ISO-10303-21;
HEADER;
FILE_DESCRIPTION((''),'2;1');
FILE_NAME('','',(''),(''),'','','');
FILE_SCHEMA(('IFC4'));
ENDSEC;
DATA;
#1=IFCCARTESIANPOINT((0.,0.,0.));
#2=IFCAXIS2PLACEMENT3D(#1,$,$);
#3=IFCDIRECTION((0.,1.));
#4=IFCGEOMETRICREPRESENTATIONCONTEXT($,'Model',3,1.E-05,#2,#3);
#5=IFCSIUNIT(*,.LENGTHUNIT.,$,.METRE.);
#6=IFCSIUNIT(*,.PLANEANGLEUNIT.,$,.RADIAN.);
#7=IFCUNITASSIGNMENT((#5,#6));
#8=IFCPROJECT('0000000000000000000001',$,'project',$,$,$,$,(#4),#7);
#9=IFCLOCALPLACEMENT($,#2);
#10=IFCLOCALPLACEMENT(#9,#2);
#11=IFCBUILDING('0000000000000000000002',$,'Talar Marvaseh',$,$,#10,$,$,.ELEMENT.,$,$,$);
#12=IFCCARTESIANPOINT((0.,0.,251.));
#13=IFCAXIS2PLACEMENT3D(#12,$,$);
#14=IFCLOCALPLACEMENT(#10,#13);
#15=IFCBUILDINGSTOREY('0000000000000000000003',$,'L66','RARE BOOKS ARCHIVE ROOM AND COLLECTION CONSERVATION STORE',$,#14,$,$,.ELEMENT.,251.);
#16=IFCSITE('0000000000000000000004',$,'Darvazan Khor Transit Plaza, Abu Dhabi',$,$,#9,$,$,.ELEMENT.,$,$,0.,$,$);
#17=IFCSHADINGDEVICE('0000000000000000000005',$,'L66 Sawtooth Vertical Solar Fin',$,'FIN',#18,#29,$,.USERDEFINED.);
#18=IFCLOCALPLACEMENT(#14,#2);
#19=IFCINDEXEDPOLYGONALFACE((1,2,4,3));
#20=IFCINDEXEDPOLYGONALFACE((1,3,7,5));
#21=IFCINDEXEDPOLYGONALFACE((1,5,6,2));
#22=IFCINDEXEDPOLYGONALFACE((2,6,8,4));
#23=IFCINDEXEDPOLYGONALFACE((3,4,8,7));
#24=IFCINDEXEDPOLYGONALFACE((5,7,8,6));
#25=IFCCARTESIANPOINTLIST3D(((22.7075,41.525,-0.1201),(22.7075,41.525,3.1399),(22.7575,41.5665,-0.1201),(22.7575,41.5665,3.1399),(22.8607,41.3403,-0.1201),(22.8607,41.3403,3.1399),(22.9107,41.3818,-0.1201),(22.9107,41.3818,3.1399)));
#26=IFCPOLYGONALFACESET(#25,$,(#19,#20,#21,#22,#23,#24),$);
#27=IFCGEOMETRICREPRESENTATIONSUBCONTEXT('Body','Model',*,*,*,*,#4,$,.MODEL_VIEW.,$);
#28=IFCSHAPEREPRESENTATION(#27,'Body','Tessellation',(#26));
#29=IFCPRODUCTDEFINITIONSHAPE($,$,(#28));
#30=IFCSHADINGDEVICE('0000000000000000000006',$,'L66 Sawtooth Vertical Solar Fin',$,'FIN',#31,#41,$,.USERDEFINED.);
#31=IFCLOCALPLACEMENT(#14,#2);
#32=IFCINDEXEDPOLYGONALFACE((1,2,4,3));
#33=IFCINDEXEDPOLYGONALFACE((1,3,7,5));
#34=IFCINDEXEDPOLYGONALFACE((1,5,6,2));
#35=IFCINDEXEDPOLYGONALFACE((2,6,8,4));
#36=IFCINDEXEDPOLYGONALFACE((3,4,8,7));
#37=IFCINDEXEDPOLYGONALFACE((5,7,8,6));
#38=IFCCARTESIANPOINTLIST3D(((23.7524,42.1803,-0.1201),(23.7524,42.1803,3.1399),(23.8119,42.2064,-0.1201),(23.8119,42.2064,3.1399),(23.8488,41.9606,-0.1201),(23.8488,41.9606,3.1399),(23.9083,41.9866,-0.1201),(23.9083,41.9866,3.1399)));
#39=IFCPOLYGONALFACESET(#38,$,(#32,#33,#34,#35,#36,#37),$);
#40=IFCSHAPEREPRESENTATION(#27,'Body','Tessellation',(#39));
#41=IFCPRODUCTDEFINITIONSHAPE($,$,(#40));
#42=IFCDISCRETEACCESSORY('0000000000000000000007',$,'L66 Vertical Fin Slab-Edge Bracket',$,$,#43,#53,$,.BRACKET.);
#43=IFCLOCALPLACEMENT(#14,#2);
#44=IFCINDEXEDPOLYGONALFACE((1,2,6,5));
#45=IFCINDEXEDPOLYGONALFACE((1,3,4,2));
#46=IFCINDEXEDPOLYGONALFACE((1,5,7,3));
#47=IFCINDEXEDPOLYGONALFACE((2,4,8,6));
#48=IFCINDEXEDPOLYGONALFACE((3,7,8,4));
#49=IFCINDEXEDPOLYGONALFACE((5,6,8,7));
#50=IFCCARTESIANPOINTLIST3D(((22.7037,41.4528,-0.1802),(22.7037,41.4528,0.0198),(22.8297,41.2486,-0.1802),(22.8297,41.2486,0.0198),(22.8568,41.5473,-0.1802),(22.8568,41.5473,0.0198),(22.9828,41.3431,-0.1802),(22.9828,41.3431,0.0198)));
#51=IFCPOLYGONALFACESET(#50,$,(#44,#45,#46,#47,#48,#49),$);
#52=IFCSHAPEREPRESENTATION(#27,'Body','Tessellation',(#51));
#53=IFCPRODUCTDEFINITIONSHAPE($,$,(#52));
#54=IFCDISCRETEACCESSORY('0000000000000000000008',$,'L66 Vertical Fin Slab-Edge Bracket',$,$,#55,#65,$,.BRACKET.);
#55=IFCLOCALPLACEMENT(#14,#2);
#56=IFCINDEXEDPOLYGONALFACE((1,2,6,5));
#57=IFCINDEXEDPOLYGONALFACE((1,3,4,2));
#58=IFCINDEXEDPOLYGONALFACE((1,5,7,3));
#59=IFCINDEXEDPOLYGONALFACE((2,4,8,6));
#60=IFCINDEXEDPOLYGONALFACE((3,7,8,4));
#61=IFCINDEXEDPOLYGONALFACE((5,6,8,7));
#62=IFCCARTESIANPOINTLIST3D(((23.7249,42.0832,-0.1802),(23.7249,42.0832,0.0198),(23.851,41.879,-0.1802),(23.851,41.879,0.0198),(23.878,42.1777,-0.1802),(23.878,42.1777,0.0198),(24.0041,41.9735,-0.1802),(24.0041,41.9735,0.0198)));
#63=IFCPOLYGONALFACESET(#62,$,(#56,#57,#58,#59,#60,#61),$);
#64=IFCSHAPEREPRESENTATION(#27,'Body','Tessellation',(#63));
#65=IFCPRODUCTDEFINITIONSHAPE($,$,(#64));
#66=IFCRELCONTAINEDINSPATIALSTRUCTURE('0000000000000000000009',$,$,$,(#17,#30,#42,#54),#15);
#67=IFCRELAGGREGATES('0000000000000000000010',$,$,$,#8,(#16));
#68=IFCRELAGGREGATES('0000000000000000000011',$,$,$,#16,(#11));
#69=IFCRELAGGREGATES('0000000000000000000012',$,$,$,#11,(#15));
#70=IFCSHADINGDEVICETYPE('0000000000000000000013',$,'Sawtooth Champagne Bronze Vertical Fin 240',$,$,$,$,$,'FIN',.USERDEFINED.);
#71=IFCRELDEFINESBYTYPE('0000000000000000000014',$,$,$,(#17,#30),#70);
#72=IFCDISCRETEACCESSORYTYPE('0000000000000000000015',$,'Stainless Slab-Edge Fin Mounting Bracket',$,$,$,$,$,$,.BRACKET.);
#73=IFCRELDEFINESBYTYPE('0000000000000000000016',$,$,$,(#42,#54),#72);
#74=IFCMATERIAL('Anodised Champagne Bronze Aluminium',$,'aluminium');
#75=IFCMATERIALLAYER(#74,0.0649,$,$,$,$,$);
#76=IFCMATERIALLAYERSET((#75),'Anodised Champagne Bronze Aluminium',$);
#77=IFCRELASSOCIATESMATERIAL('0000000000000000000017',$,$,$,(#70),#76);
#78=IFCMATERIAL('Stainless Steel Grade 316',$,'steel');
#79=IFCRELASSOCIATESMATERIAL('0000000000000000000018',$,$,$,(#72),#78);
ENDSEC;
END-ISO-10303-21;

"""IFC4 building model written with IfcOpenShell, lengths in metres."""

from ifc_helpers import new_model, si_unit, direction, frame, origin, origin_2d, place, context, subcontext, project, spatial, rectangle, extrude, source, transform, mapped, material, layer, layer_set, type_object, type_shapes, element, save


model = new_model("IFC4")

# Units and contexts
model_context = context("Model", 3, precision=1e-05, world=origin(), true_north=direction((0.0, 1.0)))
body_context = subcontext(model_context, "Body", "Model", "MODEL_VIEW")
ifc_project = project(units=[si_unit("LENGTHUNIT", "METRE"), si_unit("PLANEANGLEUNIT", "RADIAN")], contexts=[model_context])

# Site, building, storey
site_placement = place(None, origin())
site = spatial("IfcSite", under=ifc_project, at=site_placement, Name="Darvazan Khor Transit Plaza, Abu Dhabi", CompositionType="ELEMENT", RefElevation=0.0)
building_placement = place(site_placement, origin())
building = spatial("IfcBuilding", under=site, at=building_placement, Name="Talar Marvaseh", CompositionType="ELEMENT")
storey_placement = place(building_placement, frame((0.0, 0.0, 251.0)))
storey = spatial("IfcBuildingStorey", under=building, at=storey_placement, Name="L66", Description="RARE BOOKS ARCHIVE ROOM AND COLLECTION CONSERVATION STORE", CompositionType="ELEMENT", Elevation=251.0)

# Shading devices
ifc_material_1 = material(Name="Anodised Champagne Bronze Aluminium", Category="aluminium")
ifc_layer_1 = layer(ifc_material_1, 0.0649)
ifc_layer_set_1 = layer_set([ifc_layer_1], Name="Anodised Champagne Bronze Aluminium")
shading_device_type = type_object("IfcShadingDeviceType", Name="Sawtooth Champagne Bronze Vertical Fin 240", ElementType="FIN", PredefinedType="USERDEFINED", material=ifc_layer_set_1)
shared_shape_1 = source(origin(), body_context, "Body", "SweptSolid", [
    extrude(rectangle(XDim=0.24, YDim=0.0649, at=origin_2d()), origin(), (0.0, 0.0, 1.0), 3.26),
])
type_shapes(shading_device_type, [shared_shape_1])
for number, where, z_axis, x_axis, name in (
    (1, (22.8091, 41.4534, -0.1201), (0.0, 0.0, 1.0), (-0.638499, 0.769622, 0.0), "L66 Sawtooth Vertical Solar Fin"),
    (2, (23.8303, 42.0835, -0.1201), (0.0, 0.0, 1.0), (-0.401628, 0.915803, 0.0), "L66 Sawtooth Vertical Solar Fin"),
):
    element("IfcShadingDevice", number, at=place(storey_placement, frame(where, z_axis=z_axis, x_axis=x_axis)), inside=storey, type_object=shading_device_type, Name=name, ObjectType="FIN", PredefinedType="USERDEFINED", context=body_context, shape_type="MappedRepresentation", body=[
        mapped(shared_shape_1, transform((0.0, 0.0, 0.0), x_axis=(1.0, 0.0, 0.0), y_axis=(0.0, 1.0, 0.0), z_axis=(0.0, 0.0, 1.0), scale=1.0)),
    ])

# Discrete accessories
ifc_material_2 = material(Name="Stainless Steel Grade 316", Category="steel")
discrete_accessory_type = type_object("IfcDiscreteAccessoryType", Name="Stainless Slab-Edge Fin Mounting Bracket", PredefinedType="BRACKET", material=ifc_material_2)
shared_shape_2 = source(origin(), body_context, "Body", "SweptSolid", [
    extrude(rectangle(XDim=0.24, YDim=0.1799, at=origin_2d()), origin(), (0.0, 0.0, 1.0), 0.2),
])
type_shapes(discrete_accessory_type, [shared_shape_2])
for number, where, z_axis, x_axis, name in (
    (3, (22.8433, 41.3979, -0.1802), (0.0, 0.0, 1.0), (-0.525175, 0.850994, 0.0), "L66 Vertical Fin Slab-Edge Bracket"),
    (4, (23.8645, 42.0283, -0.1802), (0.0, 0.0, 1.0), (-0.525175, 0.850994, 0.0), "L66 Vertical Fin Slab-Edge Bracket"),
):
    element("IfcDiscreteAccessory", number, at=place(storey_placement, frame(where, z_axis=z_axis, x_axis=x_axis)), inside=storey, type_object=discrete_accessory_type, Name=name, PredefinedType="BRACKET", context=body_context, shape_type="MappedRepresentation", body=[
        mapped(shared_shape_2, transform((0.0, 0.0, 0.0), x_axis=(1.0, 0.0, 0.0), y_axis=(0.0, 1.0, 0.0), z_axis=(0.0, 0.0, 1.0), scale=1.0)),
    ])

save(model, "model.ifc")
